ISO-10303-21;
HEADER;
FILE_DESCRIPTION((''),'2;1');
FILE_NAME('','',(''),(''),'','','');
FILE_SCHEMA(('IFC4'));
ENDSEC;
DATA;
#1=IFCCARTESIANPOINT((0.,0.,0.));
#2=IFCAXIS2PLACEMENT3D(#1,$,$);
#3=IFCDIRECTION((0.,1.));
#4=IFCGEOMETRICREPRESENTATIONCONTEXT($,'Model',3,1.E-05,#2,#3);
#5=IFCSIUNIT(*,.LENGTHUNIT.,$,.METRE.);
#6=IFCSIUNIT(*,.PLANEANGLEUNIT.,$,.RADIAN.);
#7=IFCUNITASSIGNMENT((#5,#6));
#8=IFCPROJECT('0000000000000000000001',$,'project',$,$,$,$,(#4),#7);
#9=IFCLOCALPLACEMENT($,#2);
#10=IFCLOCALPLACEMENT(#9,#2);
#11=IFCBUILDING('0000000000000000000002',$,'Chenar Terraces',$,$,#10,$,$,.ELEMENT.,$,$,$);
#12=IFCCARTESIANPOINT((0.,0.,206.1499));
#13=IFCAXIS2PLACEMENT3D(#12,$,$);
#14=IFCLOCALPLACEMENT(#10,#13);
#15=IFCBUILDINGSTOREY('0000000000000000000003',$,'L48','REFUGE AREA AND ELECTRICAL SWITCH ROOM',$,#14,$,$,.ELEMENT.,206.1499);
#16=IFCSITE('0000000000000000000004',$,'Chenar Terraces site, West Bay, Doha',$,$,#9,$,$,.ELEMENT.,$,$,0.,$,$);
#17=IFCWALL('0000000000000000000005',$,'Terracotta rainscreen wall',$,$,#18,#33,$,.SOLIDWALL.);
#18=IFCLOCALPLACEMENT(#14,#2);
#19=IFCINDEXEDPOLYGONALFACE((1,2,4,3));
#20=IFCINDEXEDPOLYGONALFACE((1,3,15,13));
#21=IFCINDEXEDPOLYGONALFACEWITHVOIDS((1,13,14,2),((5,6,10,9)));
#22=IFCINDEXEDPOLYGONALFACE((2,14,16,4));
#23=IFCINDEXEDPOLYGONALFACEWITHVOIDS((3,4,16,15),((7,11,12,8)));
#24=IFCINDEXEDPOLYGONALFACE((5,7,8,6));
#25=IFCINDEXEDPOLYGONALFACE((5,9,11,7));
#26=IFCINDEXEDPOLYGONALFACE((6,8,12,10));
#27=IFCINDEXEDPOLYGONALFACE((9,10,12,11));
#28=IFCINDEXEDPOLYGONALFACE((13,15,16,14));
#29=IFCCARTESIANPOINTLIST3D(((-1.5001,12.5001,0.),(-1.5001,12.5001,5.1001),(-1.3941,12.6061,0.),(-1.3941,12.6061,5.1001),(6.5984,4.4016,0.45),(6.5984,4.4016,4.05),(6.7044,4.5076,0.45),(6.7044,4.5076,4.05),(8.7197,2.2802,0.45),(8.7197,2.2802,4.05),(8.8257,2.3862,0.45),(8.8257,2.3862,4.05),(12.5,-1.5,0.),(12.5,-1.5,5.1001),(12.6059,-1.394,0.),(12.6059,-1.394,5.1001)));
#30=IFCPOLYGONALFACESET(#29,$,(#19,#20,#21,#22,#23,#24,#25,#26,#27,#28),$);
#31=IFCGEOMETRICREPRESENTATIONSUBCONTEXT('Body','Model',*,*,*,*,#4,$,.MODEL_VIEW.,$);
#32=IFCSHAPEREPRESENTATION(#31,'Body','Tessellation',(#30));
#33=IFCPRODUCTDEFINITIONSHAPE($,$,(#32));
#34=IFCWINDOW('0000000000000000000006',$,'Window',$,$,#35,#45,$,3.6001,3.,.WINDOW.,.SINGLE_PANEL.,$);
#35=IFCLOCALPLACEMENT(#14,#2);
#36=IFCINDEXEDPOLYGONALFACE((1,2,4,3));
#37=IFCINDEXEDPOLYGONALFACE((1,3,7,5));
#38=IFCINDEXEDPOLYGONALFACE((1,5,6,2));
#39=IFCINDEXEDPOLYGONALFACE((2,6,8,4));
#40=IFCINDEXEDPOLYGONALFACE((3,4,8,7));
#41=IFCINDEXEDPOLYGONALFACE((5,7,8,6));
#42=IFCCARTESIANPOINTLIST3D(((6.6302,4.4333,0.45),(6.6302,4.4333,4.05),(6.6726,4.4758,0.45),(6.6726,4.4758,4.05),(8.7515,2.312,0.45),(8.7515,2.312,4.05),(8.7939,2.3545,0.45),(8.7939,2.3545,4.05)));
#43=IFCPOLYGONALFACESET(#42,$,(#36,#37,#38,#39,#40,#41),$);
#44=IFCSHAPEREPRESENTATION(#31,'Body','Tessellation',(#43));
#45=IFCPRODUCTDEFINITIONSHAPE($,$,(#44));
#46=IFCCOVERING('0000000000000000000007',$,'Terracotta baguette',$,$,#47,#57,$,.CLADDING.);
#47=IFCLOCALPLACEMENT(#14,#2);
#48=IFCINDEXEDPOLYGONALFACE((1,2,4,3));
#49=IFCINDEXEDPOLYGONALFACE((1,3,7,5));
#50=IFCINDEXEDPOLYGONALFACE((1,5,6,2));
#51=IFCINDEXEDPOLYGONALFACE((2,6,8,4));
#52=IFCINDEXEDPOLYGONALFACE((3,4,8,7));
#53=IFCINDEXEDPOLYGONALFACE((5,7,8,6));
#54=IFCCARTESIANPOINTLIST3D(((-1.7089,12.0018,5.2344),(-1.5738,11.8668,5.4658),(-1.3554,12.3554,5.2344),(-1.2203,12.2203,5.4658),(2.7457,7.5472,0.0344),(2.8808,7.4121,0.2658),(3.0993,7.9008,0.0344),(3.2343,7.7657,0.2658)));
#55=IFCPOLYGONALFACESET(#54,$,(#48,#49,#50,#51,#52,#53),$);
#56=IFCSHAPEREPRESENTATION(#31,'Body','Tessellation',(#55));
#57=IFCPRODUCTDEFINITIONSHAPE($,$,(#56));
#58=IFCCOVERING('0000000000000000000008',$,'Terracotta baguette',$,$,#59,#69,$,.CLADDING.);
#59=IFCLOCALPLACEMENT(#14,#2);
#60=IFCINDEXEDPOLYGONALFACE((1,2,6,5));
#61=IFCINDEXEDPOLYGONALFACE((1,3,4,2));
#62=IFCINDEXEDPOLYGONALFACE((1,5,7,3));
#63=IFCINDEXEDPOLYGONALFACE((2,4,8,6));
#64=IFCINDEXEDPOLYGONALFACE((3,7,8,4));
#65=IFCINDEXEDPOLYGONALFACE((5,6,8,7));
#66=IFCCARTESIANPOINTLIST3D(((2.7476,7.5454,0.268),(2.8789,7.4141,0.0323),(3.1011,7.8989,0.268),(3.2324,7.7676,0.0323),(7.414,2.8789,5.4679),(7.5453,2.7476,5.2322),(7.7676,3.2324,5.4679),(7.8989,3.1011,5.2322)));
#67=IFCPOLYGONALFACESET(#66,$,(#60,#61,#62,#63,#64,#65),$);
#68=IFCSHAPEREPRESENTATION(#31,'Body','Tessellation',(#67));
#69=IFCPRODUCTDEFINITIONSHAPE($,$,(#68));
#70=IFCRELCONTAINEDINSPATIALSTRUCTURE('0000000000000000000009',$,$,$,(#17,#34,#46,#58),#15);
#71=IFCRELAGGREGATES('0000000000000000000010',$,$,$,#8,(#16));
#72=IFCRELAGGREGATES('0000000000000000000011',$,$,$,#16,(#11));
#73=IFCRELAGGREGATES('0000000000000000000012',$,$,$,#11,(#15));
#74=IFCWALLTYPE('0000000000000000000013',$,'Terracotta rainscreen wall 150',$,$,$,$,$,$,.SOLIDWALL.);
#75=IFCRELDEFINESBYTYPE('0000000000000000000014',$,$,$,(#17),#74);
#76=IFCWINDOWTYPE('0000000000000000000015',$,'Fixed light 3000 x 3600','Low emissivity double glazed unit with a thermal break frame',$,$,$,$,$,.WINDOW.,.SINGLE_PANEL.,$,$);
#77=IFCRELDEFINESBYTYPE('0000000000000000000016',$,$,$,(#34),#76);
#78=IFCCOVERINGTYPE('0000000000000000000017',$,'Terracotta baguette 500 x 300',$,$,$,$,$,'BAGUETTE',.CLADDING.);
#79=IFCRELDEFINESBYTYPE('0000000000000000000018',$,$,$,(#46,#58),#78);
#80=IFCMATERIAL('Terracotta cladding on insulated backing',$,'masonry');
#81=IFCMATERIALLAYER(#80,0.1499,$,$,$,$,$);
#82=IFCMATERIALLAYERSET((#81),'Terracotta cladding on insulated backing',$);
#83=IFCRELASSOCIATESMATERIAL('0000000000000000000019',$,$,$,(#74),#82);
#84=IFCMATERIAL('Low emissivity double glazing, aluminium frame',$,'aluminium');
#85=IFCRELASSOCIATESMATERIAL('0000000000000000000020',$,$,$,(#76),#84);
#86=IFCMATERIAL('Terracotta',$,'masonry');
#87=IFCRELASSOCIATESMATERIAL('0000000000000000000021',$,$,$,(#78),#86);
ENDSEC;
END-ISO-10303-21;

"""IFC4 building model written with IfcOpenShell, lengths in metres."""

from ifc_helpers import new_model, si_unit, direction, frame, frame_2d, origin, origin_2d, place, context, subcontext, project, spatial, rectangle, extrude, material, layer, layer_set, material_profile, profile_set, type_object, element, fill, save


model = new_model("IFC4")

# Units and contexts
model_context = context("Model", 3, precision=1e-05, world=origin(), true_north=direction((0.0, 1.0)))
body_context = subcontext(model_context, "Body", "Model", "MODEL_VIEW")
ifc_project = project(units=[si_unit("LENGTHUNIT", "METRE"), si_unit("PLANEANGLEUNIT", "RADIAN")], contexts=[model_context])

# Site, building, storey
site_placement = place(None, origin())
site = spatial("IfcSite", under=ifc_project, at=site_placement, Name="Chenar Terraces site, West Bay, Doha", CompositionType="ELEMENT", RefElevation=0.0)
building_placement = place(site_placement, origin())
building = spatial("IfcBuilding", under=site, at=building_placement, Name="Chenar Terraces", CompositionType="ELEMENT")
storey_placement = place(building_placement, frame((0.0, 0.0, 206.1499)))
storey = spatial("IfcBuildingStorey", under=building, at=storey_placement, Name="L48", Description="REFUGE AREA AND ELECTRICAL SWITCH ROOM", CompositionType="ELEMENT", Elevation=206.1499)

# Wall, opening, window
ifc_material_1 = material(Name="Terracotta cladding on insulated backing", Category="masonry")
ifc_layer_1 = layer(ifc_material_1, 0.1499)
ifc_layer_set_1 = layer_set([ifc_layer_1], Name="Terracotta cladding on insulated backing")
wall_type_1 = type_object("IfcWallType", Name="Terracotta rainscreen wall 150", PredefinedType="SOLIDWALL", material=ifc_layer_set_1)
wall_1_placement = place(storey_placement, frame((-1.447, 12.553, 0.0), z_axis=(0.0, 0.0, 1.0), x_axis=(0.707107, -0.707107, 0.0)))
wall_1 = element("IfcWall", 1, at=wall_1_placement, inside=storey, type_object=wall_type_1, Name="Terracotta rainscreen wall", PredefinedType="SOLIDWALL", context=body_context, shape_type="SweptSolid", body=[
    extrude(rectangle(XDim=19.7991, YDim=0.1499, at=frame_2d((9.8994, 0.0))), origin(), (0.0, 0.0, 1.0), 5.1001),
])
opening_placement = place(wall_1_placement, frame((11.4529, 0.0, 0.45)))
opening = element("IfcOpeningElement", 2, at=opening_placement, cuts=wall_1, PredefinedType="OPENING", context=body_context, shape_type="SweptSolid", body=[
    extrude(rectangle(XDim=3.0, YDim=3.6001, at=frame_2d((1.5, 1.8))), frame((0.0, 0.085, 0.0), z_axis=(0.0, -1.0, 0.0), x_axis=(1.0, 0.0, 0.0)), (0.0, 0.0, 1.0), 0.1699),
])
ifc_material_2 = material(Name="Low emissivity double glazing, aluminium frame", Category="aluminium")
window_type = type_object("IfcWindowType", Name="Fixed light 3000 x 3600", Description="Low emissivity double glazed unit with a thermal break frame", PartitioningType="SINGLE_PANEL", PredefinedType="WINDOW", material=ifc_material_2)
window_placement = place(opening_placement, origin())
window = element("IfcWindow", 3, at=window_placement, inside=storey, type_object=window_type, Name="Window", OverallHeight=3.6001, OverallWidth=3.0, PartitioningType="SINGLE_PANEL", PredefinedType="WINDOW", context=body_context, shape_type="SweptSolid", body=[
    extrude(rectangle(XDim=3.0, YDim=3.6001, at=frame_2d((1.5, 1.8))), frame((0.0, 0.03, 0.0), z_axis=(0.0, -1.0, 0.0), x_axis=(1.0, 0.0, 0.0)), (0.0, 0.0, 1.0), 0.0601),
])
fill(opening, window)

# Coverings
ifc_material_3 = material(Name="Terracotta", Category="masonry")
ifc_material_profile = material_profile(ifc_material_3, rectangle(XDim=0.5, YDim=0.3, at=origin_2d()), Name="Terracotta baguette 500 x 300")
ifc_profile_set = profile_set([ifc_material_profile], Name="Terracotta")
covering_type = type_object("IfcCoveringType", Name="Terracotta baguette 500 x 300", ElementType="BAGUETTE", PredefinedType="CLADDING", material=ifc_profile_set)
covering_1_placement = place(storey_placement, frame((-1.4646, 12.1111, 5.3501), z_axis=(0.54533, -0.54533, -0.636577), x_axis=(0.707107, 0.707107, 0.0)))
element("IfcCovering", 4, at=covering_1_placement, inside=storey, type_object=covering_type, Name="Terracotta baguette", PredefinedType="CLADDING", context=body_context, shape_type="SweptSolid", body=[
    extrude(rectangle(XDim=0.5, YDim=0.3, at=origin_2d()), origin(), (0.0, 0.0, 1.0), 8.1687),
])
covering_2_placement = place(storey_placement, frame((2.99, 7.6565, 0.1501), z_axis=(0.55541, -0.55541, 0.618901), x_axis=(0.707107, 0.707107, 0.0)))
element("IfcCovering", 5, at=covering_2_placement, inside=storey, type_object=covering_type, Name="Terracotta baguette", PredefinedType="CLADDING", context=body_context, shape_type="SweptSolid", body=[
    extrude(rectangle(XDim=0.5, YDim=0.3, at=origin_2d()), origin(), (0.0, 0.0, 1.0), 8.4019),
])

save(model, "model.ifc")
